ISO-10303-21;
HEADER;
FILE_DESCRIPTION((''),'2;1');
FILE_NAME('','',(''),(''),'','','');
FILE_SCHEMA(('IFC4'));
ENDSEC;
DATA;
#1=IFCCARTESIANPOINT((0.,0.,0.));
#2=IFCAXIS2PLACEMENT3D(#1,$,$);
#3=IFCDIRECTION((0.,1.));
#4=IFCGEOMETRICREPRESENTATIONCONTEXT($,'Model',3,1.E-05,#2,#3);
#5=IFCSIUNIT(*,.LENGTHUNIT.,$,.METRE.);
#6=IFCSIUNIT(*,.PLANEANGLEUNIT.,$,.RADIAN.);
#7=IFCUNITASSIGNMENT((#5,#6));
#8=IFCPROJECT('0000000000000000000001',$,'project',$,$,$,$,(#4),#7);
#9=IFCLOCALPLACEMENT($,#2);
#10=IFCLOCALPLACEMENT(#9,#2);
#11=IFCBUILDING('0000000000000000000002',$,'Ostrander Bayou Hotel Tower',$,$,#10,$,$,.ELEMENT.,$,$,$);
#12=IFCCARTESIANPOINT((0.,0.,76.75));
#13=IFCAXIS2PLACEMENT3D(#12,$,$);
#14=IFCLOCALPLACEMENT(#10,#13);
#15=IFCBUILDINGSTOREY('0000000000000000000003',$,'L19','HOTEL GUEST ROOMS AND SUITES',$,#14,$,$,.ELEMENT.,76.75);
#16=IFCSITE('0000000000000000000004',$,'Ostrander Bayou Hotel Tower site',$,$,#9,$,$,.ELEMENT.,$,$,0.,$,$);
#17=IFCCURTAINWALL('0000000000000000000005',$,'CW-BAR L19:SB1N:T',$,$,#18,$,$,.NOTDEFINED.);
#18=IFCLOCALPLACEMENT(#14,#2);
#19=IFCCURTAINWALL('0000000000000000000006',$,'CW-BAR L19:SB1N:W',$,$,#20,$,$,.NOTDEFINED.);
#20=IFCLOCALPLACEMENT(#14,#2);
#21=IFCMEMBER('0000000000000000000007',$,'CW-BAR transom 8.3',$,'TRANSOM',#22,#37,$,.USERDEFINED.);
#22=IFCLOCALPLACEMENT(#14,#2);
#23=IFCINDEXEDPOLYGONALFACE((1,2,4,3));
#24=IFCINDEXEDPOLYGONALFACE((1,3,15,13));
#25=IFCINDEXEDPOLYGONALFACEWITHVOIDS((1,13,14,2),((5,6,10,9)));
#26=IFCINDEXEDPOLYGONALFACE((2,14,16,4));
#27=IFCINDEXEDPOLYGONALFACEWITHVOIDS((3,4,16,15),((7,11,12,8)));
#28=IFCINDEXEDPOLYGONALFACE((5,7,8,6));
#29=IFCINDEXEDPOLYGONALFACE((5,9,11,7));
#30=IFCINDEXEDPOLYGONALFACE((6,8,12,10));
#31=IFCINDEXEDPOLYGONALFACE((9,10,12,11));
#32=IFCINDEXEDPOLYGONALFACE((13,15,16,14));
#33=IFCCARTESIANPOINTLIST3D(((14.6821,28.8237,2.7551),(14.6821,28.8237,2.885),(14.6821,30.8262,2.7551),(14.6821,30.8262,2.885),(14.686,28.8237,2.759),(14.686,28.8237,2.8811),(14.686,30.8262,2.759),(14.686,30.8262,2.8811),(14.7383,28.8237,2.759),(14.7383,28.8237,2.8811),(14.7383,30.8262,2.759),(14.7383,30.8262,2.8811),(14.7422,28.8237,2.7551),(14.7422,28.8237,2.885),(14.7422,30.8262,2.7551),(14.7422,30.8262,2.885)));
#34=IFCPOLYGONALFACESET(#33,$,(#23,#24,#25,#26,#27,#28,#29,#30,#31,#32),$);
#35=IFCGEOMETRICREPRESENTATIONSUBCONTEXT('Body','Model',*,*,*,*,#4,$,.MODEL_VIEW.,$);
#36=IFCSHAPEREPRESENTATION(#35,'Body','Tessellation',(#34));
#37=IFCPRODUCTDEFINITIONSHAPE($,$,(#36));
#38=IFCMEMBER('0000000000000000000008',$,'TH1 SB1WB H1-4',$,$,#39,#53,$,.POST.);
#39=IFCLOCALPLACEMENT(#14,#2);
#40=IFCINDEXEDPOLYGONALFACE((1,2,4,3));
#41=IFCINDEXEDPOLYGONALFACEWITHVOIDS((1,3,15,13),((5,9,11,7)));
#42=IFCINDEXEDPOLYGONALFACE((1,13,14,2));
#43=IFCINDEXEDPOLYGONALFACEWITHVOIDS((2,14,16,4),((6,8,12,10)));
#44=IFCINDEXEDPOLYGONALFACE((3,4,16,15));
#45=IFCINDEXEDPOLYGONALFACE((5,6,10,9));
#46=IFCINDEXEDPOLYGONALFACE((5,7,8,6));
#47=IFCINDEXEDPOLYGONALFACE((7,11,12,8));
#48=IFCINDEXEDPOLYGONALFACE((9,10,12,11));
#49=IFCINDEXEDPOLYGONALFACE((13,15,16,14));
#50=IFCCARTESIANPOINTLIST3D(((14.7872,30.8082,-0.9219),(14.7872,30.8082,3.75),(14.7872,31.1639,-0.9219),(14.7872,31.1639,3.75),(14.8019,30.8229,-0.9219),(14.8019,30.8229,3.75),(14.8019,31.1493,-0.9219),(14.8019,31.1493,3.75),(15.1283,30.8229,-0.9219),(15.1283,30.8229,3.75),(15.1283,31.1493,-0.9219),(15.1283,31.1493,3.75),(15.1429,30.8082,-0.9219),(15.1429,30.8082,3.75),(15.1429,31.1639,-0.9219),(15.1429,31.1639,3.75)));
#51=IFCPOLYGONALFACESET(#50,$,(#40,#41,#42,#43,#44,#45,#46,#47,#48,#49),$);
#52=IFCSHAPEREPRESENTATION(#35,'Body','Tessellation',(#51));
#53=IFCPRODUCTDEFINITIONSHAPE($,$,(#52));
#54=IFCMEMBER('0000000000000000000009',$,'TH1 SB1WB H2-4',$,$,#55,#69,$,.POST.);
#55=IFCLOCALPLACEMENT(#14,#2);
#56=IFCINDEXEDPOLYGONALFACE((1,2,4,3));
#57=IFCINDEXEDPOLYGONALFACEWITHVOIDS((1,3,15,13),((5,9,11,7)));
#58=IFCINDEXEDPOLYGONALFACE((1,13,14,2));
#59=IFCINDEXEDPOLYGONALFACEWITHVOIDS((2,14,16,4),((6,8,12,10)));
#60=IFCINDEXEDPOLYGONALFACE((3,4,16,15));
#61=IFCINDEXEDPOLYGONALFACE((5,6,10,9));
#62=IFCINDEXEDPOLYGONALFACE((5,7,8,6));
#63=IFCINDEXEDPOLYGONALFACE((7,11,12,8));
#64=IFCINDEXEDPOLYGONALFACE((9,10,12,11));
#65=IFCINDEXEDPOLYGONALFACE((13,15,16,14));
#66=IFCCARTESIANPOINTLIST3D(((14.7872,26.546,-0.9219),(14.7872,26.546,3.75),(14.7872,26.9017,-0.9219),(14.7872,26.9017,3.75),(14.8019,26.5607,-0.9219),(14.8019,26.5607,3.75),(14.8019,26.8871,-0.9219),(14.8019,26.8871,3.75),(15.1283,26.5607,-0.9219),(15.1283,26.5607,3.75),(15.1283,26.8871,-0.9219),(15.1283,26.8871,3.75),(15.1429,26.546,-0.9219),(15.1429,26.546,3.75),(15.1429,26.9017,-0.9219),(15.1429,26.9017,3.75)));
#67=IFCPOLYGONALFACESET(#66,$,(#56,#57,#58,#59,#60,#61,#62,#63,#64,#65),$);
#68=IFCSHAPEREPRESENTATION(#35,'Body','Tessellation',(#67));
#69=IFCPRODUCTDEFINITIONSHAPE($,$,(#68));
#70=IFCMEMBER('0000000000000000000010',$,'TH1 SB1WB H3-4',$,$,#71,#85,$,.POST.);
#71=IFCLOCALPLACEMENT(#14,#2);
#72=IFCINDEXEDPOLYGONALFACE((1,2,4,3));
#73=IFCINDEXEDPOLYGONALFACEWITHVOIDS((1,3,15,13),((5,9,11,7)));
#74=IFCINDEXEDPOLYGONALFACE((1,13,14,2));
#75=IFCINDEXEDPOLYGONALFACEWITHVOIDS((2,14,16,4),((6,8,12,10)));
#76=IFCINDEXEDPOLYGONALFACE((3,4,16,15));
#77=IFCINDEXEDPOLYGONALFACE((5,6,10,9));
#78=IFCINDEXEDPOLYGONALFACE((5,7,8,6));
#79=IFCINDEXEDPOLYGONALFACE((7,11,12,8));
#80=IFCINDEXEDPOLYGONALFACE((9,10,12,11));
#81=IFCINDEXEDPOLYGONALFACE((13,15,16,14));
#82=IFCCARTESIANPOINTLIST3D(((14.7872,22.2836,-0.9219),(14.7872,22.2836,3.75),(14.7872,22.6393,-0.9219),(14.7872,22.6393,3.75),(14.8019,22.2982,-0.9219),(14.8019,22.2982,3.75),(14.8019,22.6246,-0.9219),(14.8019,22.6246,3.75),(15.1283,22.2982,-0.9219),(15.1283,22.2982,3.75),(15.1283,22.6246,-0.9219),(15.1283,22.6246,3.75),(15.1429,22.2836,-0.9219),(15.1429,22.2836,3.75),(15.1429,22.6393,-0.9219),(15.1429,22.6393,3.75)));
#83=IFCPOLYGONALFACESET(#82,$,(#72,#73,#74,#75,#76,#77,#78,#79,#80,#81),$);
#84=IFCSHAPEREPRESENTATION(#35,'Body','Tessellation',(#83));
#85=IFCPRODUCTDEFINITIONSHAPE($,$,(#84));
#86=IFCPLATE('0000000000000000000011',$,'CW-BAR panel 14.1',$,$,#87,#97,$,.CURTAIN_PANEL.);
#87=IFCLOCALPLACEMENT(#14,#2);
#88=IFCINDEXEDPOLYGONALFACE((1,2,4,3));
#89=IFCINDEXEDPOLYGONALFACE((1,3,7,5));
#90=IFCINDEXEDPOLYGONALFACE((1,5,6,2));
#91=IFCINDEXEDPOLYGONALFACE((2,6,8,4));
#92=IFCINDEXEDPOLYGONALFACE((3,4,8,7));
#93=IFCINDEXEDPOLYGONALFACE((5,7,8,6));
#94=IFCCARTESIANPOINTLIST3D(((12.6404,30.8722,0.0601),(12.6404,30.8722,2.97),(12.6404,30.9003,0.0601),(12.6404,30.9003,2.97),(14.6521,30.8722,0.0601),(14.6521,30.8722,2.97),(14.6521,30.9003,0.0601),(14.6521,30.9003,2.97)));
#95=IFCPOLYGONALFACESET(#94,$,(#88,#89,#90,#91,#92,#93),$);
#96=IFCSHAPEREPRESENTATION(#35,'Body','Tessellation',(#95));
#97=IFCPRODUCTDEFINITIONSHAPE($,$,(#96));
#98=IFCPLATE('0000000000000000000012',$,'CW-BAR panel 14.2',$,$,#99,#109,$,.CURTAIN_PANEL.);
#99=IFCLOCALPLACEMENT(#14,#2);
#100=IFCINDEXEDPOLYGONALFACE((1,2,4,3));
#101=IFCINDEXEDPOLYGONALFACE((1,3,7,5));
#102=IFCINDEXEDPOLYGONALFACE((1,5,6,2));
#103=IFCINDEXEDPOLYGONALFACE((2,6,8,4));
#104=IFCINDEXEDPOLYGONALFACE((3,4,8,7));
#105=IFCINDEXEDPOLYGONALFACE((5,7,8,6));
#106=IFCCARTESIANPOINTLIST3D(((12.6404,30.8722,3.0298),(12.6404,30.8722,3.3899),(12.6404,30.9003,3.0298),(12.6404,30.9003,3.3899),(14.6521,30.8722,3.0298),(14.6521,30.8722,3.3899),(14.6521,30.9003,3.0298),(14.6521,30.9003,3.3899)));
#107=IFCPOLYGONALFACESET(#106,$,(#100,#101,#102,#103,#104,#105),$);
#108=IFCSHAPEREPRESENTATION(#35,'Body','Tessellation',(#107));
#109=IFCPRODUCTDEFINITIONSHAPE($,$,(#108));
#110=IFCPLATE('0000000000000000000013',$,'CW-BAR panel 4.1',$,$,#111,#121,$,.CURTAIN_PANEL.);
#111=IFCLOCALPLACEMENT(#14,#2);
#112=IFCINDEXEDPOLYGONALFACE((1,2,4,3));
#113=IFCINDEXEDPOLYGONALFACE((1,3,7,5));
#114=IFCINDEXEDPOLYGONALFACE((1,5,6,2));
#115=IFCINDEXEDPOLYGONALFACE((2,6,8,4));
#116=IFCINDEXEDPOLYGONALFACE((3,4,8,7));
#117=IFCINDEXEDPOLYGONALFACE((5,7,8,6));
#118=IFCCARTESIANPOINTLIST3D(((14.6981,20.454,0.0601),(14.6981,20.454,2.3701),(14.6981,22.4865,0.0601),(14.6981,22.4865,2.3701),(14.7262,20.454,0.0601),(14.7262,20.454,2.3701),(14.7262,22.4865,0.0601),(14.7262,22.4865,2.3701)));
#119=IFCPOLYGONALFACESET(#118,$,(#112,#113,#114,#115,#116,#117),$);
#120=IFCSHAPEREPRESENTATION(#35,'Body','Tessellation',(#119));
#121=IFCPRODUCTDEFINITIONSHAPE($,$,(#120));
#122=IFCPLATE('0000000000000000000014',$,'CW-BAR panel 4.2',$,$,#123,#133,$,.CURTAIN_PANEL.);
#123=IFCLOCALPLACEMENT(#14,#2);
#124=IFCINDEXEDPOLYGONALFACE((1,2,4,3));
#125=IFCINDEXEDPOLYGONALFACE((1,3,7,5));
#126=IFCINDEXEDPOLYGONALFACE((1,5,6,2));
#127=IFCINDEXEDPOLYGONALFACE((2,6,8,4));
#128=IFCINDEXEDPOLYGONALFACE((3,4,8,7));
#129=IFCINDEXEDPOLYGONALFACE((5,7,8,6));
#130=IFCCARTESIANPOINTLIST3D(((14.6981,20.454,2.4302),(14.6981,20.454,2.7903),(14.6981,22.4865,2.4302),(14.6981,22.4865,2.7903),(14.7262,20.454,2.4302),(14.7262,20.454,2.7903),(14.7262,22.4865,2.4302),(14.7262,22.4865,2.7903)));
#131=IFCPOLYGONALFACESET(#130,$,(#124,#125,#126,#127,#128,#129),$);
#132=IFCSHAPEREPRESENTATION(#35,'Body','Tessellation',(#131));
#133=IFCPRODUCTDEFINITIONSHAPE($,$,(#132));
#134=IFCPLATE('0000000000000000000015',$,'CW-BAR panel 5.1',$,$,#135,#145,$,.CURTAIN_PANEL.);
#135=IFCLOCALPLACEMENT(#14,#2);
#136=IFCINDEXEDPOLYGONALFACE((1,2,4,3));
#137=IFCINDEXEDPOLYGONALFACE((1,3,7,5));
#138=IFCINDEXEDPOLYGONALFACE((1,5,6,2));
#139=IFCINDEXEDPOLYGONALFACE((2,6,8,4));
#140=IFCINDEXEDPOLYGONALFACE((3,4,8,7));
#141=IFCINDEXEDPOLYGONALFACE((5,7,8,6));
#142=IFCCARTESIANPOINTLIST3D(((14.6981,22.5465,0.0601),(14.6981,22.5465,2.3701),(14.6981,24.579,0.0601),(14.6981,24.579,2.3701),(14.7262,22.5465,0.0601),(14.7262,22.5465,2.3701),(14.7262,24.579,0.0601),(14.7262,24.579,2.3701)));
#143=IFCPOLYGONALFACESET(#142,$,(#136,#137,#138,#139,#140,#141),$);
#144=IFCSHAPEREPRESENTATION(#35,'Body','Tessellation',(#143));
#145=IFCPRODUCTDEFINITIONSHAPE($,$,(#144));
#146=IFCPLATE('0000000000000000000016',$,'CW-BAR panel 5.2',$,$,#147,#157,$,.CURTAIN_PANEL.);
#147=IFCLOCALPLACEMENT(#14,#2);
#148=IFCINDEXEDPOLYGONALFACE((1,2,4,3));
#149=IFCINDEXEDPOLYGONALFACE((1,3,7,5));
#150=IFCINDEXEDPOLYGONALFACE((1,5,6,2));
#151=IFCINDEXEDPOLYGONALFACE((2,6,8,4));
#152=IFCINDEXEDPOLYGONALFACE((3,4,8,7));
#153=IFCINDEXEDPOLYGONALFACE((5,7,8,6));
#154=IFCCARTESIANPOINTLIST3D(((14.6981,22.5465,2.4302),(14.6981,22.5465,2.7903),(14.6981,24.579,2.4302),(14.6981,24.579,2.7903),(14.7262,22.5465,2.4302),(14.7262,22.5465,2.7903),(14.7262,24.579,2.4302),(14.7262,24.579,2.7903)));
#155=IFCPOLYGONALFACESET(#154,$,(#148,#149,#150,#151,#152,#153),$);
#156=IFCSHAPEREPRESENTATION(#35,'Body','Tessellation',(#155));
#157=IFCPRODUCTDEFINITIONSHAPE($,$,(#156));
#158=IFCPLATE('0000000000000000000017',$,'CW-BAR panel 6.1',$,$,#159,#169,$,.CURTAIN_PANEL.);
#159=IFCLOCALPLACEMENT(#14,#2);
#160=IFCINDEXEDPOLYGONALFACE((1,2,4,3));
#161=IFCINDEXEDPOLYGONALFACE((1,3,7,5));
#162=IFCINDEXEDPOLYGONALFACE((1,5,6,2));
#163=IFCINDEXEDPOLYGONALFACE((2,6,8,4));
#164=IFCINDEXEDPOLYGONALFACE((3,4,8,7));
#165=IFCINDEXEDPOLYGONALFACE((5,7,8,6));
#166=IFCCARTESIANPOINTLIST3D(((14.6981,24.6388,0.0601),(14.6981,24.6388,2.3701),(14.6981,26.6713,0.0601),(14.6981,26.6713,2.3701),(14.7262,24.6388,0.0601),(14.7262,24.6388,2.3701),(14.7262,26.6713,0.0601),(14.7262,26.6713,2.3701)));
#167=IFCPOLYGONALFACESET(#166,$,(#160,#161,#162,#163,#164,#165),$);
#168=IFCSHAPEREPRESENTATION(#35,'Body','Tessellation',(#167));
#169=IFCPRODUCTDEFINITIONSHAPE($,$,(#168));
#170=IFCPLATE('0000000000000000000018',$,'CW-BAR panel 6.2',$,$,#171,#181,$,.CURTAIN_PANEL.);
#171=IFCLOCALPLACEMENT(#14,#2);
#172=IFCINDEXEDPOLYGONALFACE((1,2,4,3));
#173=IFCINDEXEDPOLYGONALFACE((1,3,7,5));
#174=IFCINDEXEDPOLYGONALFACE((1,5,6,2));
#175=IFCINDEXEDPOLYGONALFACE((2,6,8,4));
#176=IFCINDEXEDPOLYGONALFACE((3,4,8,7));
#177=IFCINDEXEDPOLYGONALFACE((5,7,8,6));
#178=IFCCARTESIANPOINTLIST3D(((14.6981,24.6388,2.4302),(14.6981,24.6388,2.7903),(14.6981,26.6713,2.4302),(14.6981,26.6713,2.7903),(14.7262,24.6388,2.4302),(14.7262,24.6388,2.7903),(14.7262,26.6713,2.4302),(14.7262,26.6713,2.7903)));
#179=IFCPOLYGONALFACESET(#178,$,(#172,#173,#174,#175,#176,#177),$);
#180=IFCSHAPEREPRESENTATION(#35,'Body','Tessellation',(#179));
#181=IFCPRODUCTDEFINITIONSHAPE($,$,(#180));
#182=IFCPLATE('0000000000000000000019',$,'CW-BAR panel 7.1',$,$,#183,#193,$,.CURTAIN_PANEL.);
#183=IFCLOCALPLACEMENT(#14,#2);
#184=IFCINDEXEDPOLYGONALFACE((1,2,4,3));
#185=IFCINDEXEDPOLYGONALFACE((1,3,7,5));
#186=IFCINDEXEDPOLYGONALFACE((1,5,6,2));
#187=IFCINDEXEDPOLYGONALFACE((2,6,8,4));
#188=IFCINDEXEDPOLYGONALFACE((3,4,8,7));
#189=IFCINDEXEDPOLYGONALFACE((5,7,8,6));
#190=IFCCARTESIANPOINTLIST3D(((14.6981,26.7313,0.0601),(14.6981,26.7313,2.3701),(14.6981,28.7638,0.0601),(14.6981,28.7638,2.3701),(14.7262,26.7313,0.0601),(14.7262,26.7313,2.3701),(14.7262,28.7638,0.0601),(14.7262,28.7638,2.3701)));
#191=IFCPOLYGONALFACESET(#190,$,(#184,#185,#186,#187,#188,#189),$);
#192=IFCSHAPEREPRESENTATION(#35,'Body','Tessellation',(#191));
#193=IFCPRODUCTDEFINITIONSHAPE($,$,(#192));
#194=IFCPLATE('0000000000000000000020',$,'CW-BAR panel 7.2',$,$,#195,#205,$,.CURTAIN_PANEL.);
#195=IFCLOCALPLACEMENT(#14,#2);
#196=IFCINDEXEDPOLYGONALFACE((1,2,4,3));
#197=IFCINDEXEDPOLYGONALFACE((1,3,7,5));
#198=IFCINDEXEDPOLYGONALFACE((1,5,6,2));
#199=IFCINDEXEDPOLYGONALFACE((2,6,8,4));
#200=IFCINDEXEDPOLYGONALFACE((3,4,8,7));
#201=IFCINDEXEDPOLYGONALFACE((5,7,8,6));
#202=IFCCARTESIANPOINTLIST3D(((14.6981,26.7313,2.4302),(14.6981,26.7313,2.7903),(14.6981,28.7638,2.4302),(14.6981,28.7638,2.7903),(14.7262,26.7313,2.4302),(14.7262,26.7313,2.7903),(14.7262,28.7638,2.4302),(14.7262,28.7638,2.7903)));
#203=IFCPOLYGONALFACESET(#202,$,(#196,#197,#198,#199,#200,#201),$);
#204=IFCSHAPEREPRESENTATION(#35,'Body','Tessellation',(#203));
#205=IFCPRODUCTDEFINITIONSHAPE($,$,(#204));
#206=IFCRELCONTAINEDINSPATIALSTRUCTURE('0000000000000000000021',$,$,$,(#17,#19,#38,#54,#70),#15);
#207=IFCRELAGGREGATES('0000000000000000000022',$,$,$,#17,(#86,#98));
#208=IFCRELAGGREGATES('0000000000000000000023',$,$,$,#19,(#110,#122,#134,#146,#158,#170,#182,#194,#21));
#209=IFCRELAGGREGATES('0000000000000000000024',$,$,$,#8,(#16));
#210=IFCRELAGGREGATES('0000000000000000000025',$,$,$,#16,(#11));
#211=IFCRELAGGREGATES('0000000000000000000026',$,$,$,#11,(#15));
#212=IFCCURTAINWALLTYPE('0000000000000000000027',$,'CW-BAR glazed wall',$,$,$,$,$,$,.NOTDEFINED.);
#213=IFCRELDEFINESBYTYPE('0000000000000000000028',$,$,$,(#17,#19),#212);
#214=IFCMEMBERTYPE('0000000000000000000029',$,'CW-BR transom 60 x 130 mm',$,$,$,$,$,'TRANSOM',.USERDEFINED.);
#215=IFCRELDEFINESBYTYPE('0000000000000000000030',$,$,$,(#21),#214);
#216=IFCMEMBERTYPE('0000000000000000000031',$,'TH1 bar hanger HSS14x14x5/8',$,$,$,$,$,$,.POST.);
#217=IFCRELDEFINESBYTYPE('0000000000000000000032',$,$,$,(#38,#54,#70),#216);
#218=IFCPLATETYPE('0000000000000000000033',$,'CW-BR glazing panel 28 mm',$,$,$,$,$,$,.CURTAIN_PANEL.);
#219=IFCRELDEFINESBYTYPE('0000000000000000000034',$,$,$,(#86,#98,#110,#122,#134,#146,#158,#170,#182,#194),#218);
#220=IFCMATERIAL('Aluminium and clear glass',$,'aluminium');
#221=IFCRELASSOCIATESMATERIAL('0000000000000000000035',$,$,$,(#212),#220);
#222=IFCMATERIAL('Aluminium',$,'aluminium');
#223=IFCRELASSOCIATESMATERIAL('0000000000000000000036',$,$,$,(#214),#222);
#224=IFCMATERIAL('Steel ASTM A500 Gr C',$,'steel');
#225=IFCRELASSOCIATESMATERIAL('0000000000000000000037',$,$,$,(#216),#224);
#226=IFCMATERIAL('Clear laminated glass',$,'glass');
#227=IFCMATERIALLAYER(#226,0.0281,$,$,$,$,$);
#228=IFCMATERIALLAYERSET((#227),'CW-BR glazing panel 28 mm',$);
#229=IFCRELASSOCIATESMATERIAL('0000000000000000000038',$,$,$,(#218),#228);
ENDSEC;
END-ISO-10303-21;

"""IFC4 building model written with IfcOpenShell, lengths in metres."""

from ifc_helpers import new_model, si_unit, direction, frame, origin, origin_2d, place, context, subcontext, project, spatial, rectangle, hollow_rectangle, extrude, material, layer, layer_set, material_profile, profile_set, type_object, element, aggregate, save


model = new_model("IFC4")

# Units and contexts
model_context = context("Model", 3, precision=1e-05, world=origin(), true_north=direction((0.0, 1.0)))
body_context = subcontext(model_context, "Body", "Model", "MODEL_VIEW")
ifc_project = project(units=[si_unit("LENGTHUNIT", "METRE"), si_unit("PLANEANGLEUNIT", "RADIAN")], contexts=[model_context])

# Site, building, storey
site_placement = place(None, origin())
site = spatial("IfcSite", under=ifc_project, at=site_placement, Name="Ostrander Bayou Hotel Tower site", CompositionType="ELEMENT", RefElevation=0.0)
building_placement = place(site_placement, origin())
building = spatial("IfcBuilding", under=site, at=building_placement, Name="Ostrander Bayou Hotel Tower", CompositionType="ELEMENT")
storey_placement = place(building_placement, frame((0.0, 0.0, 76.75)))
storey = spatial("IfcBuildingStorey", under=building, at=storey_placement, Name="L19", Description="HOTEL GUEST ROOMS AND SUITES", CompositionType="ELEMENT", Elevation=76.75)

# Curtain walls
ifc_material_1 = material(Name="Aluminium and clear glass", Category="aluminium")
curtain_wall_type = type_object("IfcCurtainWallType", Name="CW-BAR glazed wall", PredefinedType="NOTDEFINED", material=ifc_material_1)
curtain_wall_1_placement = place(storey_placement, origin())
curtain_wall_1 = element("IfcCurtainWall", 1, at=curtain_wall_1_placement, inside=storey, type_object=curtain_wall_type, Name="CW-BAR L19:SB1N:T", PredefinedType="NOTDEFINED")
curtain_wall_2_placement = place(storey_placement, origin())
curtain_wall_2 = element("IfcCurtainWall", 2, at=curtain_wall_2_placement, inside=storey, type_object=curtain_wall_type, Name="CW-BAR L19:SB1N:W", PredefinedType="NOTDEFINED")

# Member
ifc_material_2 = material(Name="Aluminium", Category="aluminium")
ifc_material_profile_1 = material_profile(ifc_material_2, hollow_rectangle(XDim=0.0601, YDim=0.1299, WallThickness=0.0039, at=origin_2d()))
ifc_profile_set_1 = profile_set([ifc_material_profile_1], Name="Aluminium")
member_type_1 = type_object("IfcMemberType", Name="CW-BR transom 60 x 130 mm", ElementType="TRANSOM", PredefinedType="USERDEFINED", material=ifc_profile_set_1)
member_1_placement = place(storey_placement, frame((14.7122, 28.8237, 2.8201), z_axis=(0.0, 1.0, 0.0), x_axis=(-1.0, 0.0, 0.0)))
member_1 = element("IfcMember", 3, at=member_1_placement, type_object=member_type_1, Name="CW-BAR transom 8.3", ObjectType="TRANSOM", PredefinedType="USERDEFINED", context=body_context, shape_type="SweptSolid", body=[
    extrude(hollow_rectangle(XDim=0.0601, YDim=0.1299, WallThickness=0.0039, at=origin_2d()), origin(), (0.0, 0.0, 1.0), 2.0024),
])

# Members
ifc_material_3 = material(Name="Steel ASTM A500 Gr C", Category="steel")
ifc_material_profile_2 = material_profile(ifc_material_3, hollow_rectangle(XDim=0.3557, YDim=0.3557, WallThickness=0.0146, at=origin_2d()))
ifc_profile_set_2 = profile_set([ifc_material_profile_2], Name="Steel ASTM A500 Gr C")
member_type_2 = type_object("IfcMemberType", Name="TH1 bar hanger HSS14x14x5/8", PredefinedType="POST", material=ifc_profile_set_2)
for number, where, z_axis, x_axis, name in (
    (4, (14.9651, 30.9861, -0.9219), (0.0, 0.0, 1.0), (1.0, 0.0, 0.0), "TH1 SB1WB H1-4"),
    (5, (14.9651, 26.7239, -0.9219), (0.0, 0.0, 1.0), (1.0, 0.0, 0.0), "TH1 SB1WB H2-4"),
    (6, (14.9651, 22.4614, -0.9219), (0.0, 0.0, 1.0), (1.0, 0.0, 0.0), "TH1 SB1WB H3-4"),
):
    element("IfcMember", number, at=place(storey_placement, frame(where, z_axis=z_axis, x_axis=x_axis)), inside=storey, type_object=member_type_2, Name=name, PredefinedType="POST", context=body_context, shape_type="SweptSolid", body=[
        extrude(hollow_rectangle(XDim=0.3557, YDim=0.3557, WallThickness=0.0146, at=origin_2d()), origin(), (0.0, 0.0, 1.0), 4.6719),
    ])

# Plates
ifc_material_4 = material(Name="Clear laminated glass", Category="glass")
ifc_layer = layer(ifc_material_4, 0.0281)
ifc_layer_set = layer_set([ifc_layer], Name="CW-BR glazing panel 28 mm")
plate_type = type_object("IfcPlateType", Name="CW-BR glazing panel 28 mm", PredefinedType="CURTAIN_PANEL", material=ifc_layer_set)
plate_1_placement = place(storey_placement, frame((13.6462, 30.8862, 0.0601), z_axis=(0.0, 0.0, 1.0), x_axis=(1.0, 0.0, 0.0)))
plate_1 = element("IfcPlate", 7, at=plate_1_placement, type_object=plate_type, Name="CW-BAR panel 14.1", PredefinedType="CURTAIN_PANEL", context=body_context, shape_type="SweptSolid", body=[
    extrude(rectangle(XDim=2.0117, YDim=0.0281, at=origin_2d()), origin(), (0.0, 0.0, 1.0), 2.9099),
])
plate_2_placement = place(storey_placement, frame((13.6462, 30.8862, 3.0298), z_axis=(0.0, 0.0, 1.0), x_axis=(1.0, 0.0, 0.0)))
plate_2 = element("IfcPlate", 8, at=plate_2_placement, type_object=plate_type, Name="CW-BAR panel 14.2", PredefinedType="CURTAIN_PANEL", context=body_context, shape_type="SweptSolid", body=[
    extrude(rectangle(XDim=2.0117, YDim=0.0281, at=origin_2d()), origin(), (0.0, 0.0, 1.0), 0.3601),
])
aggregate(curtain_wall_1, [plate_1, plate_2])
plate_3_placement = place(storey_placement, frame((14.7122, 21.4702, 0.0601), z_axis=(0.0, 0.0, 1.0), x_axis=(0.0, 1.0, 0.0)))
plate_3 = element("IfcPlate", 9, at=plate_3_placement, type_object=plate_type, Name="CW-BAR panel 4.1", PredefinedType="CURTAIN_PANEL", context=body_context, shape_type="SweptSolid", body=[
    extrude(rectangle(XDim=2.0325, YDim=0.0281, at=origin_2d()), origin(), (0.0, 0.0, 1.0), 2.3101),
])
plate_4_placement = place(storey_placement, frame((14.7122, 21.4702, 2.4302), z_axis=(0.0, 0.0, 1.0), x_axis=(0.0, 1.0, 0.0)))
plate_4 = element("IfcPlate", 10, at=plate_4_placement, type_object=plate_type, Name="CW-BAR panel 4.2", PredefinedType="CURTAIN_PANEL", context=body_context, shape_type="SweptSolid", body=[
    extrude(rectangle(XDim=2.0325, YDim=0.0281, at=origin_2d()), origin(), (0.0, 0.0, 1.0), 0.3601),
])
plate_5_placement = place(storey_placement, frame((14.7122, 23.5627, 0.0601), z_axis=(0.0, 0.0, 1.0), x_axis=(0.0, 1.0, 0.0)))
plate_5 = element("IfcPlate", 11, at=plate_5_placement, type_object=plate_type, Name="CW-BAR panel 5.1", PredefinedType="CURTAIN_PANEL", context=body_context, shape_type="SweptSolid", body=[
    extrude(rectangle(XDim=2.0325, YDim=0.0281, at=origin_2d()), origin(), (0.0, 0.0, 1.0), 2.3101),
])
plate_6_placement = place(storey_placement, frame((14.7122, 23.5627, 2.4302), z_axis=(0.0, 0.0, 1.0), x_axis=(0.0, 1.0, 0.0)))
plate_6 = element("IfcPlate", 12, at=plate_6_placement, type_object=plate_type, Name="CW-BAR panel 5.2", PredefinedType="CURTAIN_PANEL", context=body_context, shape_type="SweptSolid", body=[
    extrude(rectangle(XDim=2.0325, YDim=0.0281, at=origin_2d()), origin(), (0.0, 0.0, 1.0), 0.3601),
])
plate_7_placement = place(storey_placement, frame((14.7122, 25.655, 0.0601), z_axis=(0.0, 0.0, 1.0), x_axis=(0.0, 1.0, 0.0)))
plate_7 = element("IfcPlate", 13, at=plate_7_placement, type_object=plate_type, Name="CW-BAR panel 6.1", PredefinedType="CURTAIN_PANEL", context=body_context, shape_type="SweptSolid", body=[
    extrude(rectangle(XDim=2.0325, YDim=0.0281, at=origin_2d()), origin(), (0.0, 0.0, 1.0), 2.3101),
])
plate_8_placement = place(storey_placement, frame((14.7122, 25.655, 2.4302), z_axis=(0.0, 0.0, 1.0), x_axis=(0.0, 1.0, 0.0)))
plate_8 = element("IfcPlate", 14, at=plate_8_placement, type_object=plate_type, Name="CW-BAR panel 6.2", PredefinedType="CURTAIN_PANEL", context=body_context, shape_type="SweptSolid", body=[
    extrude(rectangle(XDim=2.0325, YDim=0.0281, at=origin_2d()), origin(), (0.0, 0.0, 1.0), 0.3601),
])
plate_9_placement = place(storey_placement, frame((14.7122, 27.7476, 0.0601), z_axis=(0.0, 0.0, 1.0), x_axis=(0.0, 1.0, 0.0)))
plate_9 = element("IfcPlate", 15, at=plate_9_placement, type_object=plate_type, Name="CW-BAR panel 7.1", PredefinedType="CURTAIN_PANEL", context=body_context, shape_type="SweptSolid", body=[
    extrude(rectangle(XDim=2.0325, YDim=0.0281, at=origin_2d()), origin(), (0.0, 0.0, 1.0), 2.3101),
])
plate_10_placement = place(storey_placement, frame((14.7122, 27.7476, 2.4302), z_axis=(0.0, 0.0, 1.0), x_axis=(0.0, 1.0, 0.0)))
plate_10 = element("IfcPlate", 16, at=plate_10_placement, type_object=plate_type, Name="CW-BAR panel 7.2", PredefinedType="CURTAIN_PANEL", context=body_context, shape_type="SweptSolid", body=[
    extrude(rectangle(XDim=2.0325, YDim=0.0281, at=origin_2d()), origin(), (0.0, 0.0, 1.0), 0.3601),
])
aggregate(curtain_wall_2, [plate_3, plate_4, plate_5, plate_6, plate_7, plate_8, plate_9, plate_10, member_1])

save(model, "model.ifc")
